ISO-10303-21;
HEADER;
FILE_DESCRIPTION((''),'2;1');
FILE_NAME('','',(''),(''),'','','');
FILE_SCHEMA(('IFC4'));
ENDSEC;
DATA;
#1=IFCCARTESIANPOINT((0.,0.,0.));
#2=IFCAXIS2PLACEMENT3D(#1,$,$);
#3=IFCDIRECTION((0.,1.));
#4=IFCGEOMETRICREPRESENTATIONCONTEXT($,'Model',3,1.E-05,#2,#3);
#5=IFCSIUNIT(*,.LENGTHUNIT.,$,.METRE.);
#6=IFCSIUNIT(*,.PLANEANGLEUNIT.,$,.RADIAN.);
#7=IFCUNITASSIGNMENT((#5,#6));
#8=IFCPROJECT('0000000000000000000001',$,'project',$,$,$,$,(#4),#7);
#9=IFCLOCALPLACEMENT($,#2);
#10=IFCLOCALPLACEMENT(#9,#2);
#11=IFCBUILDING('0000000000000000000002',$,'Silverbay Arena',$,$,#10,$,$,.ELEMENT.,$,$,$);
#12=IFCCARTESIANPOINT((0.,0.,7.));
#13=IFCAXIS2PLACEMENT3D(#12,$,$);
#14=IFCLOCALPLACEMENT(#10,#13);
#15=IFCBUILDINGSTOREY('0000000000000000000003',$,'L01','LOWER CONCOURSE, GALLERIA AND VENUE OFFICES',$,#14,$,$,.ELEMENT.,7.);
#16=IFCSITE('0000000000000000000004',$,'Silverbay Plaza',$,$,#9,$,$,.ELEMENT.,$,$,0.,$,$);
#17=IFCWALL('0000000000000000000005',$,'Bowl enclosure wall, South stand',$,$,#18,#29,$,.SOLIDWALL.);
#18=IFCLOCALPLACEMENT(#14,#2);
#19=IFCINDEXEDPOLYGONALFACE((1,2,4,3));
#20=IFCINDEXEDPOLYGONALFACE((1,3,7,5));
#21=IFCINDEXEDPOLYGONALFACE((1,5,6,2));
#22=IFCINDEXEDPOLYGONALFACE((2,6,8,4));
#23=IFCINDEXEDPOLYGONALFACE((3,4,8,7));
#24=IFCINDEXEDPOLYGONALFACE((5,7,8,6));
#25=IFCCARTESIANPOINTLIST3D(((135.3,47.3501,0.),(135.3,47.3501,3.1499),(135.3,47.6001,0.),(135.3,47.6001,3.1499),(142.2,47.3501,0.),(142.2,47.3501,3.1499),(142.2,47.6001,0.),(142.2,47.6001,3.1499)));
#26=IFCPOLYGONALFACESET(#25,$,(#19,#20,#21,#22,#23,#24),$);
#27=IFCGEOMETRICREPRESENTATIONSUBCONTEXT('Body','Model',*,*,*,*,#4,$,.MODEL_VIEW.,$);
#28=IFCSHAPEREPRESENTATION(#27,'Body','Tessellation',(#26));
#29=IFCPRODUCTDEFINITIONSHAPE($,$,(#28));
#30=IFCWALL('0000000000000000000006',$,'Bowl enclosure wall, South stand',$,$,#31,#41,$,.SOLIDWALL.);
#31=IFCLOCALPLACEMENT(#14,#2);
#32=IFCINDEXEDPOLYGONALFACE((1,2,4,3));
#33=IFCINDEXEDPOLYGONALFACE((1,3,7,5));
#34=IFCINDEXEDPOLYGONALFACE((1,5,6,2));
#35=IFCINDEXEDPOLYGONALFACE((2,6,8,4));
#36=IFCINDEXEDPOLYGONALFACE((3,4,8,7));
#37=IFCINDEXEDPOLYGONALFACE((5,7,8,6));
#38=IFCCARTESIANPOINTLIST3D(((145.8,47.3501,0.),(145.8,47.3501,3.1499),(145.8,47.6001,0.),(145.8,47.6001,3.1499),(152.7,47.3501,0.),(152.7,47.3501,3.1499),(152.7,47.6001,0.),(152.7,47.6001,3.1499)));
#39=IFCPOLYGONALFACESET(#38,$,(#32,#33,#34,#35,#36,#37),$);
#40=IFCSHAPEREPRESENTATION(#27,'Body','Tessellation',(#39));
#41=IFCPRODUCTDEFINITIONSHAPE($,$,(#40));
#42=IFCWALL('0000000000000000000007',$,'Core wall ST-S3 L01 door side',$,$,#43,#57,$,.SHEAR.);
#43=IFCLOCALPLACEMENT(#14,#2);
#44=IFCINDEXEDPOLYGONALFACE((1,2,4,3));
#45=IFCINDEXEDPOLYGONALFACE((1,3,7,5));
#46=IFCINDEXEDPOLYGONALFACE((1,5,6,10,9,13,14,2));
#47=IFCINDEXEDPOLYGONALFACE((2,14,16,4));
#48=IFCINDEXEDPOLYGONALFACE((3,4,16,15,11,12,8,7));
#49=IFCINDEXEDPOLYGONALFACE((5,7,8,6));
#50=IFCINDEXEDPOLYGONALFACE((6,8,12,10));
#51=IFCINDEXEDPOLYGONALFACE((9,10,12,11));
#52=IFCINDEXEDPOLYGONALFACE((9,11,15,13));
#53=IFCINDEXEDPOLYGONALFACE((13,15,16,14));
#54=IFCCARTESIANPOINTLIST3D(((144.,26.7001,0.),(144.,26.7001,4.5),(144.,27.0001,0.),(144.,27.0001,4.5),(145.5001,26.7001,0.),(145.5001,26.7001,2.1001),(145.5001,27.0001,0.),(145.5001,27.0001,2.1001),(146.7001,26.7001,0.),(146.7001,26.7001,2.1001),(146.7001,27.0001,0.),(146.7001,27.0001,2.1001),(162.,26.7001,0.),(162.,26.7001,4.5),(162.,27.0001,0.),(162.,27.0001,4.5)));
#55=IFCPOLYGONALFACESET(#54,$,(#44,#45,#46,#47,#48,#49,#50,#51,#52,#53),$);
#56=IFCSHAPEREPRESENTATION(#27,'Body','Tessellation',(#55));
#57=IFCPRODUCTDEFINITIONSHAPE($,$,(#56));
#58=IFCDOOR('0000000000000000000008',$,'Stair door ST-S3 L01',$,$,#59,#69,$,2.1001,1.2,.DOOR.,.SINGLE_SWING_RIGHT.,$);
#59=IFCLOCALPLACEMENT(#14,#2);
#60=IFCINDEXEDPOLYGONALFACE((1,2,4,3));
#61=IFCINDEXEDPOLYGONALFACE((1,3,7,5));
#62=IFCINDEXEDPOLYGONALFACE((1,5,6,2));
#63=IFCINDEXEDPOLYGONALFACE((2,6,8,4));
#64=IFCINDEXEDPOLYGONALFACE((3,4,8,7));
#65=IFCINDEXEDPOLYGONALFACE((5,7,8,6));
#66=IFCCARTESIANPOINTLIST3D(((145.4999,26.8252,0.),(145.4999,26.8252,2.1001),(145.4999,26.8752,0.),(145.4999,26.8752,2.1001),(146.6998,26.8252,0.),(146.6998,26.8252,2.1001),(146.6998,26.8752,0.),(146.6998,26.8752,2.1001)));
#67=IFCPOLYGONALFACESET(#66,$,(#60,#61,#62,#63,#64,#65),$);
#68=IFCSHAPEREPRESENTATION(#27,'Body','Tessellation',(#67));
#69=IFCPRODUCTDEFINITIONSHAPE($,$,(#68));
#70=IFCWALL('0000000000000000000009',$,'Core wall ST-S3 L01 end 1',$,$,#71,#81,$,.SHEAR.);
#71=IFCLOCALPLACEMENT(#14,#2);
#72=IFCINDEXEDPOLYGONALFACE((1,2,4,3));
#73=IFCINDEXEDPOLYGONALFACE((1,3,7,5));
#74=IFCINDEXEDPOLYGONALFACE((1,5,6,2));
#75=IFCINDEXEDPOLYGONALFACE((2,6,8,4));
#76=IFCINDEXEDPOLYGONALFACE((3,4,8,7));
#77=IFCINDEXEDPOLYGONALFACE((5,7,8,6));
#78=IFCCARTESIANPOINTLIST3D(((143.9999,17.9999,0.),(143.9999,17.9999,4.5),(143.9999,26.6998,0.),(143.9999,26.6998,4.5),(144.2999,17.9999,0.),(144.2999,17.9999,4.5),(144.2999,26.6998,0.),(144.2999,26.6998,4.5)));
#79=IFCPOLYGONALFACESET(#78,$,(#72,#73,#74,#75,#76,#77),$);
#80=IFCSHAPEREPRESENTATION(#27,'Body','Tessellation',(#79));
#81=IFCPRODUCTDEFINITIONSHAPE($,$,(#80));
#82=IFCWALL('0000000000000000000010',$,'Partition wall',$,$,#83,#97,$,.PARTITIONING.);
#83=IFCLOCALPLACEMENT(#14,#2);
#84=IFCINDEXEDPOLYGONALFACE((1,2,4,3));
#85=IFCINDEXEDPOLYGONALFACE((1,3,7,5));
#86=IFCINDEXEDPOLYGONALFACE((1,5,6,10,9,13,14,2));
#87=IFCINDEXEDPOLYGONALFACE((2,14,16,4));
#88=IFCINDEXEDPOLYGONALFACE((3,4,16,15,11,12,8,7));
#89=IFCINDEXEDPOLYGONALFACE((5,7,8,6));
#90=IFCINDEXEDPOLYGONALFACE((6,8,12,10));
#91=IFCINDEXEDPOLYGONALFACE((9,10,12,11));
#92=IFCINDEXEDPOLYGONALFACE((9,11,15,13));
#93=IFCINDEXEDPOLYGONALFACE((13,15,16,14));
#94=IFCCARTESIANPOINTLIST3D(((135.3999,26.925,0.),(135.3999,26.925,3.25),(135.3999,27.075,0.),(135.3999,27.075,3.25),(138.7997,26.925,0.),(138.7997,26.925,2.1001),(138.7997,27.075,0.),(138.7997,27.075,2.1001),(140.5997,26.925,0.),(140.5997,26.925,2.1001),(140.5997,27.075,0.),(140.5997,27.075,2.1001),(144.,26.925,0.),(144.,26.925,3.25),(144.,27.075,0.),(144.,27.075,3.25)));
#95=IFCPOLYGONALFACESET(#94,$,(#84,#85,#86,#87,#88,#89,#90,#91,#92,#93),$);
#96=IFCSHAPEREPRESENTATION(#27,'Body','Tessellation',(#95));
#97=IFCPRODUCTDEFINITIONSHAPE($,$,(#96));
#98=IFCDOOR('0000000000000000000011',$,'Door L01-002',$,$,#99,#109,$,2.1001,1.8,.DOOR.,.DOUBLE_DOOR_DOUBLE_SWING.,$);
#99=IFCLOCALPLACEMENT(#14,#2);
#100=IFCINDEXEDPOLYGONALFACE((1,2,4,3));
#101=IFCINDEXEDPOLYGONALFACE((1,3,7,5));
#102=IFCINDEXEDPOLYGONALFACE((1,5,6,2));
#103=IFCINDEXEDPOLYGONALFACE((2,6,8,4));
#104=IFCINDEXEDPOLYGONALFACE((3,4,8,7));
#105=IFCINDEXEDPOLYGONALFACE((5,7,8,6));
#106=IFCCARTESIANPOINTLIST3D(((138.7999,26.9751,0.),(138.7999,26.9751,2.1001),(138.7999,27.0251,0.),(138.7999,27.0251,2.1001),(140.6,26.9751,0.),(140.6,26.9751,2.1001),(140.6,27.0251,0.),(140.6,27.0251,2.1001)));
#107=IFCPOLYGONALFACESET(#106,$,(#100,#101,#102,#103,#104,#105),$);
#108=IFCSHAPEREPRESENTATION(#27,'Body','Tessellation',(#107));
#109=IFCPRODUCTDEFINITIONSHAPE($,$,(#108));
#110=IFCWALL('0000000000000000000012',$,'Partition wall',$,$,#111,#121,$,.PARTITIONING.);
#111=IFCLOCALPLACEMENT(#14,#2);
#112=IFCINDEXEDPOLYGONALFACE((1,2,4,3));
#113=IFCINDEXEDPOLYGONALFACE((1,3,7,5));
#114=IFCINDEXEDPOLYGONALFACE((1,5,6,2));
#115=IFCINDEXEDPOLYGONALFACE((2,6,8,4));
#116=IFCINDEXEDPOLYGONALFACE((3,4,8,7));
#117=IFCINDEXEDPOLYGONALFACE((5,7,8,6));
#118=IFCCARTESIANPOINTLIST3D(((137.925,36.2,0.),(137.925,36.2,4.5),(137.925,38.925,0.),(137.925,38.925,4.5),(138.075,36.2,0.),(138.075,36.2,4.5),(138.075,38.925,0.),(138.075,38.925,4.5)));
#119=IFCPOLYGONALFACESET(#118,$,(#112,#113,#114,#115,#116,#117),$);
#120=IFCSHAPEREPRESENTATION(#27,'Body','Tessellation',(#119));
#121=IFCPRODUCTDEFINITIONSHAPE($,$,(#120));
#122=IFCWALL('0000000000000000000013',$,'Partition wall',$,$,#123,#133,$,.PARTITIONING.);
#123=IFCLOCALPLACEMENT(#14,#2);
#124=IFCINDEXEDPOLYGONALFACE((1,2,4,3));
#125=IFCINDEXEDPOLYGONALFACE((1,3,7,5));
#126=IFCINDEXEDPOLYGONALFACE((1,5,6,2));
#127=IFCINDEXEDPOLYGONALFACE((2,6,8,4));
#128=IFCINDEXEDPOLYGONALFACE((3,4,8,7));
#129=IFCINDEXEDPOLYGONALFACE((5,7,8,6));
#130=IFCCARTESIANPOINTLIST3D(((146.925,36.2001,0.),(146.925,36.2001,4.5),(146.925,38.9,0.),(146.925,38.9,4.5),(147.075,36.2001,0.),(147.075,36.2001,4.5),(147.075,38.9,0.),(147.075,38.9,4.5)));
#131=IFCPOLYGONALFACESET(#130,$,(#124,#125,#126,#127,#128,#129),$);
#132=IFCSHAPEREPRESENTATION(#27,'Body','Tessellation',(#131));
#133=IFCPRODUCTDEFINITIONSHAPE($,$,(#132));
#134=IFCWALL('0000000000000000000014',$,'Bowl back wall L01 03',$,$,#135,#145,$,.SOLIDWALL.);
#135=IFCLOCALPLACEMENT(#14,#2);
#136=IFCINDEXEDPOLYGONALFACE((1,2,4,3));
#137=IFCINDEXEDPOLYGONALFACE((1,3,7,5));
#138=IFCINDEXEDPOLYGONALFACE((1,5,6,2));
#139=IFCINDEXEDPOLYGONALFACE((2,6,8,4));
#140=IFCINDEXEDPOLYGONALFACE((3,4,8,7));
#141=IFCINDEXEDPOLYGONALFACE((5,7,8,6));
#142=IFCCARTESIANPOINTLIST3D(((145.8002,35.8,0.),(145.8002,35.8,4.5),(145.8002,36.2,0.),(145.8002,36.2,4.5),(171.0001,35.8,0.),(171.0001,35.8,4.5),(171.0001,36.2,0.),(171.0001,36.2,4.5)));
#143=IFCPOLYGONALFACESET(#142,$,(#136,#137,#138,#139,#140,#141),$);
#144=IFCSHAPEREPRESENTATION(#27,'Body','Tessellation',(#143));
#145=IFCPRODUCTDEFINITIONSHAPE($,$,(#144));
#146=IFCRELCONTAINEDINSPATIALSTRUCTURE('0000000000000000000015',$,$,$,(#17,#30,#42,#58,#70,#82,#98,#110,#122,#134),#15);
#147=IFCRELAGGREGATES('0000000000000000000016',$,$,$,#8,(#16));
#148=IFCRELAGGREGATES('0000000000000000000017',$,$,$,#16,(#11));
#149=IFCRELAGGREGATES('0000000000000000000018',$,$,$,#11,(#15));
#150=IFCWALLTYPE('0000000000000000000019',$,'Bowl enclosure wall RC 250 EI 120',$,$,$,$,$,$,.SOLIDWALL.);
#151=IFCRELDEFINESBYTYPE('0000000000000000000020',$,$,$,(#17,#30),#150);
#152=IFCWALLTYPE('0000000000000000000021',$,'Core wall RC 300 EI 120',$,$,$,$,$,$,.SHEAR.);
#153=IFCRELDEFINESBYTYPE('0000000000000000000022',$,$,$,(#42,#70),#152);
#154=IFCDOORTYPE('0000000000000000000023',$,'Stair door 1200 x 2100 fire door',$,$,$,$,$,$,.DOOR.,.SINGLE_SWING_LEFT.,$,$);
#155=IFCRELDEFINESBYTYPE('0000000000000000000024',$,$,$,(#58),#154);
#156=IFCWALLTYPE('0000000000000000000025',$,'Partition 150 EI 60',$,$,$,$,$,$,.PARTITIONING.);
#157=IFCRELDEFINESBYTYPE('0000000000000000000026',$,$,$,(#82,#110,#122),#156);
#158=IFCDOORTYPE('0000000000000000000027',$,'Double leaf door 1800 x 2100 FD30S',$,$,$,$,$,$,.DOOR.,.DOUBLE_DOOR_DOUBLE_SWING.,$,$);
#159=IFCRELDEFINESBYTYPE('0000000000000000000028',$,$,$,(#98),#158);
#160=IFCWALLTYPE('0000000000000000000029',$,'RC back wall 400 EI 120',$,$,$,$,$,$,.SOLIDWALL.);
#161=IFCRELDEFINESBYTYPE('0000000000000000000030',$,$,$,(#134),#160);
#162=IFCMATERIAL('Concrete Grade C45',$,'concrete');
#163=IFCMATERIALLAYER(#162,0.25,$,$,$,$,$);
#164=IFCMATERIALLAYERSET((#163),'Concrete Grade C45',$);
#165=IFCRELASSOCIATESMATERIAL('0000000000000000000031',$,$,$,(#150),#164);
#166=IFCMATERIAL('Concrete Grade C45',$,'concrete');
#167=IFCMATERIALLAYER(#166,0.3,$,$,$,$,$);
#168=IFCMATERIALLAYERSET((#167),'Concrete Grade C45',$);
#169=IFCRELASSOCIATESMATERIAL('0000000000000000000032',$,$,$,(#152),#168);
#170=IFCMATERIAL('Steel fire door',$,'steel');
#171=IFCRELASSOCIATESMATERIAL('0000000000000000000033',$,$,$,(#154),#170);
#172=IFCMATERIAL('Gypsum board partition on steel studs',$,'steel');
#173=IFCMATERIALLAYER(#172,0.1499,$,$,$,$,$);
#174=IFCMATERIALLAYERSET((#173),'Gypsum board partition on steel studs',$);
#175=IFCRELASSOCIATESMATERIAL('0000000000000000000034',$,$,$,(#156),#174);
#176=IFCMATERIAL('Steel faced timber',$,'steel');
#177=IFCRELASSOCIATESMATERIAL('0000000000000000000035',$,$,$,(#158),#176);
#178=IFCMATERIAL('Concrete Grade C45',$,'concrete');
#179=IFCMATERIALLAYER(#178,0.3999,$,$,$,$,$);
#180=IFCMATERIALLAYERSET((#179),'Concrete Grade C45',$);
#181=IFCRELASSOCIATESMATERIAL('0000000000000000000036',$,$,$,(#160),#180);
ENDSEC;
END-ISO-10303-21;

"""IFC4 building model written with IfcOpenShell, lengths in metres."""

from ifc_helpers import new_model, si_unit, direction, frame, frame_2d, origin, place, context, subcontext, project, spatial, rectangle, extrude, material, layer, layer_set, type_object, element, fill, save


model = new_model("IFC4")

# Units and contexts
model_context = context("Model", 3, precision=1e-05, world=origin(), true_north=direction((0.0, 1.0)))
body_context = subcontext(model_context, "Body", "Model", "MODEL_VIEW")
ifc_project = project(units=[si_unit("LENGTHUNIT", "METRE"), si_unit("PLANEANGLEUNIT", "RADIAN")], contexts=[model_context])

# Site, building, storey
site_placement = place(None, origin())
site = spatial("IfcSite", under=ifc_project, at=site_placement, Name="Silverbay Plaza", CompositionType="ELEMENT", RefElevation=0.0)
building_placement = place(site_placement, origin())
building = spatial("IfcBuilding", under=site, at=building_placement, Name="Silverbay Arena", CompositionType="ELEMENT")
storey_placement = place(building_placement, frame((0.0, 0.0, 7.0)))
storey = spatial("IfcBuildingStorey", under=building, at=storey_placement, Name="L01", Description="LOWER CONCOURSE, GALLERIA AND VENUE OFFICES", CompositionType="ELEMENT", Elevation=7.0)

# Shared definitions
ifc_material_1 = material(Name="Concrete Grade C45", Category="concrete")
ifc_layer_1 = layer(ifc_material_1, 0.25)
ifc_layer_set_1 = layer_set([ifc_layer_1], Name="Concrete Grade C45")
wall_type_1 = type_object("IfcWallType", Name="Bowl enclosure wall RC 250 EI 120", PredefinedType="SOLIDWALL", material=ifc_layer_set_1)

# Walls
for number, where, z_axis, x_axis, name in (
    (1, (135.3, 47.4751, 0.0), (0.0, 0.0, 1.0), (1.0, 0.0, 0.0), "Bowl enclosure wall, South stand"),
    (2, (145.8, 47.4751, 0.0), (0.0, 0.0, 1.0), (1.0, 0.0, 0.0), "Bowl enclosure wall, South stand"),
):
    element("IfcWall", number, at=place(storey_placement, frame(where, z_axis=z_axis, x_axis=x_axis)), inside=storey, type_object=wall_type_1, Name=name, PredefinedType="SOLIDWALL", context=body_context, shape_type="SweptSolid", body=[
        extrude(rectangle(XDim=6.8999, YDim=0.25, at=frame_2d((3.45, 0.0))), origin(), (0.0, 0.0, 1.0), 3.1499),
    ])

# Wall, opening, door
ifc_material_2 = material(Name="Concrete Grade C45", Category="concrete")
ifc_layer_2 = layer(ifc_material_2, 0.3)
ifc_layer_set_2 = layer_set([ifc_layer_2], Name="Concrete Grade C45")
wall_type_2 = type_object("IfcWallType", Name="Core wall RC 300 EI 120", PredefinedType="SHEAR", material=ifc_layer_set_2)
wall_1_placement = place(storey_placement, frame((144.0, 26.8501, 0.0), z_axis=(0.0, 0.0, 1.0), x_axis=(1.0, 0.0, 0.0)))
wall_1 = element("IfcWall", 3, at=wall_1_placement, inside=storey, type_object=wall_type_2, Name="Core wall ST-S3 L01 door side", PredefinedType="SHEAR", context=body_context, shape_type="SweptSolid", body=[
    extrude(rectangle(XDim=18.0, YDim=0.3, at=frame_2d((9.0, 0.0))), origin(), (0.0, 0.0, 1.0), 4.5),
])
opening_1_placement = place(wall_1_placement, frame((1.5, 0.0, 0.0)))
opening_1 = element("IfcOpeningElement", 4, at=opening_1_placement, cuts=wall_1, PredefinedType="OPENING", context=body_context, shape_type="SweptSolid", body=[
    extrude(rectangle(XDim=1.2, YDim=2.1001, at=frame_2d((0.6001, 1.05))), frame((0.0, 0.1602, 0.0), z_axis=(0.0, -1.0, 0.0), x_axis=(1.0, 0.0, 0.0)), (0.0, 0.0, 1.0), 0.3201),
])
ifc_material_3 = material(Name="Steel fire door", Category="steel")
door_type_1 = type_object("IfcDoorType", Name="Stair door 1200 x 2100 fire door", OperationType="SINGLE_SWING_LEFT", PredefinedType="DOOR", material=ifc_material_3)
door_1_placement = place(opening_1_placement, frame((1.2, 0.0, 0.0), z_axis=(0.0, 0.0, 1.0), x_axis=(-1.0, 0.0, 0.0)))
door_1 = element("IfcDoor", 5, at=door_1_placement, inside=storey, type_object=door_type_1, Name="Stair door ST-S3 L01", OperationType="SINGLE_SWING_RIGHT", OverallHeight=2.1001, OverallWidth=1.2, PredefinedType="DOOR", context=body_context, shape_type="SweptSolid", body=[
    extrude(rectangle(XDim=1.2, YDim=2.1001, at=frame_2d((0.6001, 1.05))), frame((0.0, 0.0249, 0.0), z_axis=(0.0, -1.0, 0.0), x_axis=(1.0, 0.0, 0.0)), (0.0, 0.0, 1.0), 0.05),
])
fill(opening_1, door_1)

# Wall
wall_2_placement = place(storey_placement, frame((144.1499, 26.7, 0.0), z_axis=(0.0, 0.0, 1.0), x_axis=(0.0, -1.0, 0.0)))
element("IfcWall", 6, at=wall_2_placement, inside=storey, type_object=wall_type_2, Name="Core wall ST-S3 L01 end 1", PredefinedType="SHEAR", context=body_context, shape_type="SweptSolid", body=[
    extrude(rectangle(XDim=8.7, YDim=0.3, at=frame_2d((4.3501, 0.0))), origin(), (0.0, 0.0, 1.0), 4.5),
])

# Wall, opening, door
ifc_material_4 = material(Name="Gypsum board partition on steel studs", Category="steel")
ifc_layer_3 = layer(ifc_material_4, 0.1499)
ifc_layer_set_3 = layer_set([ifc_layer_3], Name="Gypsum board partition on steel studs")
wall_type_3 = type_object("IfcWallType", Name="Partition 150 EI 60", PredefinedType="PARTITIONING", material=ifc_layer_set_3)
wall_3_placement = place(storey_placement, frame((135.3999, 27.0, 0.0), z_axis=(0.0, 0.0, 1.0), x_axis=(1.0, 0.0, 0.0)))
wall_3 = element("IfcWall", 7, at=wall_3_placement, inside=storey, type_object=wall_type_3, Name="Partition wall", PredefinedType="PARTITIONING", context=body_context, shape_type="SweptSolid", body=[
    extrude(rectangle(XDim=8.6001, YDim=0.1499, at=frame_2d((4.3, 0.0))), origin(), (0.0, 0.0, 1.0), 3.25),
])
opening_2_placement = place(wall_3_placement, frame((3.3999, 0.0, 0.0)))
opening_2 = element("IfcOpeningElement", 8, at=opening_2_placement, cuts=wall_3, PredefinedType="OPENING", context=body_context, shape_type="SweptSolid", body=[
    extrude(rectangle(XDim=1.8, YDim=2.1001, at=frame_2d((0.8999, 1.05))), frame((0.0, 0.085, 0.0), z_axis=(0.0, -1.0, 0.0), x_axis=(1.0, 0.0, 0.0)), (0.0, 0.0, 1.0), 0.1699),
])
ifc_material_5 = material(Name="Steel faced timber", Category="steel")
door_type_2 = type_object("IfcDoorType", Name="Double leaf door 1800 x 2100 FD30S", OperationType="DOUBLE_DOOR_DOUBLE_SWING", PredefinedType="DOOR", material=ifc_material_5)
door_2_placement = place(opening_2_placement, frame((1.8, 0.0, 0.0), z_axis=(0.0, 0.0, 1.0), x_axis=(-1.0, 0.0, 0.0)))
door_2 = element("IfcDoor", 9, at=door_2_placement, inside=storey, type_object=door_type_2, Name="Door L01-002", OperationType="DOUBLE_DOOR_DOUBLE_SWING", OverallHeight=2.1001, OverallWidth=1.8, PredefinedType="DOOR", context=body_context, shape_type="SweptSolid", body=[
    extrude(rectangle(XDim=1.8, YDim=2.1001, at=frame_2d((0.8999, 1.05))), frame((0.0, 0.0249, 0.0), z_axis=(0.0, -1.0, 0.0), x_axis=(1.0, 0.0, 0.0)), (0.0, 0.0, 1.0), 0.05),
])
fill(opening_2, door_2)

# Walls
wall_4_placement = place(storey_placement, frame((138.0, 36.2, 0.0), z_axis=(0.0, 0.0, 1.0), x_axis=(0.0, 1.0, 0.0)))
element("IfcWall", 10, at=wall_4_placement, inside=storey, type_object=wall_type_3, Name="Partition wall", PredefinedType="PARTITIONING", context=body_context, shape_type="SweptSolid", body=[
    extrude(rectangle(XDim=2.7251, YDim=0.1499, at=frame_2d((1.3625, 0.0))), origin(), (0.0, 0.0, 1.0), 4.5),
])
wall_5_placement = place(storey_placement, frame((147.0, 36.2, 0.0), z_axis=(0.0, 0.0, 1.0), x_axis=(0.0, 1.0, 0.0)))
element("IfcWall", 11, at=wall_5_placement, inside=storey, type_object=wall_type_3, Name="Partition wall", PredefinedType="PARTITIONING", context=body_context, shape_type="SweptSolid", body=[
    extrude(rectangle(XDim=2.7, YDim=0.1499, at=frame_2d((1.3501, 0.0))), origin(), (0.0, 0.0, 1.0), 4.5),
])

# Wall
ifc_material_6 = material(Name="Concrete Grade C45", Category="concrete")
ifc_layer_4 = layer(ifc_material_6, 0.3999)
ifc_layer_set_4 = layer_set([ifc_layer_4], Name="Concrete Grade C45")
wall_type_4 = type_object("IfcWallType", Name="RC back wall 400 EI 120", PredefinedType="SOLIDWALL", material=ifc_layer_set_4)
wall_6_placement = place(storey_placement, frame((145.8, 36.0, 0.0), z_axis=(0.0, 0.0, 1.0), x_axis=(1.0, 0.0, 0.0)))
element("IfcWall", 12, at=wall_6_placement, inside=storey, type_object=wall_type_4, Name="Bowl back wall L01 03", PredefinedType="SOLIDWALL", context=body_context, shape_type="SweptSolid", body=[
    extrude(rectangle(XDim=25.2, YDim=0.3999, at=frame_2d((12.6001, 0.0))), origin(), (0.0, 0.0, 1.0), 4.5),
])

save(model, "model.ifc")
